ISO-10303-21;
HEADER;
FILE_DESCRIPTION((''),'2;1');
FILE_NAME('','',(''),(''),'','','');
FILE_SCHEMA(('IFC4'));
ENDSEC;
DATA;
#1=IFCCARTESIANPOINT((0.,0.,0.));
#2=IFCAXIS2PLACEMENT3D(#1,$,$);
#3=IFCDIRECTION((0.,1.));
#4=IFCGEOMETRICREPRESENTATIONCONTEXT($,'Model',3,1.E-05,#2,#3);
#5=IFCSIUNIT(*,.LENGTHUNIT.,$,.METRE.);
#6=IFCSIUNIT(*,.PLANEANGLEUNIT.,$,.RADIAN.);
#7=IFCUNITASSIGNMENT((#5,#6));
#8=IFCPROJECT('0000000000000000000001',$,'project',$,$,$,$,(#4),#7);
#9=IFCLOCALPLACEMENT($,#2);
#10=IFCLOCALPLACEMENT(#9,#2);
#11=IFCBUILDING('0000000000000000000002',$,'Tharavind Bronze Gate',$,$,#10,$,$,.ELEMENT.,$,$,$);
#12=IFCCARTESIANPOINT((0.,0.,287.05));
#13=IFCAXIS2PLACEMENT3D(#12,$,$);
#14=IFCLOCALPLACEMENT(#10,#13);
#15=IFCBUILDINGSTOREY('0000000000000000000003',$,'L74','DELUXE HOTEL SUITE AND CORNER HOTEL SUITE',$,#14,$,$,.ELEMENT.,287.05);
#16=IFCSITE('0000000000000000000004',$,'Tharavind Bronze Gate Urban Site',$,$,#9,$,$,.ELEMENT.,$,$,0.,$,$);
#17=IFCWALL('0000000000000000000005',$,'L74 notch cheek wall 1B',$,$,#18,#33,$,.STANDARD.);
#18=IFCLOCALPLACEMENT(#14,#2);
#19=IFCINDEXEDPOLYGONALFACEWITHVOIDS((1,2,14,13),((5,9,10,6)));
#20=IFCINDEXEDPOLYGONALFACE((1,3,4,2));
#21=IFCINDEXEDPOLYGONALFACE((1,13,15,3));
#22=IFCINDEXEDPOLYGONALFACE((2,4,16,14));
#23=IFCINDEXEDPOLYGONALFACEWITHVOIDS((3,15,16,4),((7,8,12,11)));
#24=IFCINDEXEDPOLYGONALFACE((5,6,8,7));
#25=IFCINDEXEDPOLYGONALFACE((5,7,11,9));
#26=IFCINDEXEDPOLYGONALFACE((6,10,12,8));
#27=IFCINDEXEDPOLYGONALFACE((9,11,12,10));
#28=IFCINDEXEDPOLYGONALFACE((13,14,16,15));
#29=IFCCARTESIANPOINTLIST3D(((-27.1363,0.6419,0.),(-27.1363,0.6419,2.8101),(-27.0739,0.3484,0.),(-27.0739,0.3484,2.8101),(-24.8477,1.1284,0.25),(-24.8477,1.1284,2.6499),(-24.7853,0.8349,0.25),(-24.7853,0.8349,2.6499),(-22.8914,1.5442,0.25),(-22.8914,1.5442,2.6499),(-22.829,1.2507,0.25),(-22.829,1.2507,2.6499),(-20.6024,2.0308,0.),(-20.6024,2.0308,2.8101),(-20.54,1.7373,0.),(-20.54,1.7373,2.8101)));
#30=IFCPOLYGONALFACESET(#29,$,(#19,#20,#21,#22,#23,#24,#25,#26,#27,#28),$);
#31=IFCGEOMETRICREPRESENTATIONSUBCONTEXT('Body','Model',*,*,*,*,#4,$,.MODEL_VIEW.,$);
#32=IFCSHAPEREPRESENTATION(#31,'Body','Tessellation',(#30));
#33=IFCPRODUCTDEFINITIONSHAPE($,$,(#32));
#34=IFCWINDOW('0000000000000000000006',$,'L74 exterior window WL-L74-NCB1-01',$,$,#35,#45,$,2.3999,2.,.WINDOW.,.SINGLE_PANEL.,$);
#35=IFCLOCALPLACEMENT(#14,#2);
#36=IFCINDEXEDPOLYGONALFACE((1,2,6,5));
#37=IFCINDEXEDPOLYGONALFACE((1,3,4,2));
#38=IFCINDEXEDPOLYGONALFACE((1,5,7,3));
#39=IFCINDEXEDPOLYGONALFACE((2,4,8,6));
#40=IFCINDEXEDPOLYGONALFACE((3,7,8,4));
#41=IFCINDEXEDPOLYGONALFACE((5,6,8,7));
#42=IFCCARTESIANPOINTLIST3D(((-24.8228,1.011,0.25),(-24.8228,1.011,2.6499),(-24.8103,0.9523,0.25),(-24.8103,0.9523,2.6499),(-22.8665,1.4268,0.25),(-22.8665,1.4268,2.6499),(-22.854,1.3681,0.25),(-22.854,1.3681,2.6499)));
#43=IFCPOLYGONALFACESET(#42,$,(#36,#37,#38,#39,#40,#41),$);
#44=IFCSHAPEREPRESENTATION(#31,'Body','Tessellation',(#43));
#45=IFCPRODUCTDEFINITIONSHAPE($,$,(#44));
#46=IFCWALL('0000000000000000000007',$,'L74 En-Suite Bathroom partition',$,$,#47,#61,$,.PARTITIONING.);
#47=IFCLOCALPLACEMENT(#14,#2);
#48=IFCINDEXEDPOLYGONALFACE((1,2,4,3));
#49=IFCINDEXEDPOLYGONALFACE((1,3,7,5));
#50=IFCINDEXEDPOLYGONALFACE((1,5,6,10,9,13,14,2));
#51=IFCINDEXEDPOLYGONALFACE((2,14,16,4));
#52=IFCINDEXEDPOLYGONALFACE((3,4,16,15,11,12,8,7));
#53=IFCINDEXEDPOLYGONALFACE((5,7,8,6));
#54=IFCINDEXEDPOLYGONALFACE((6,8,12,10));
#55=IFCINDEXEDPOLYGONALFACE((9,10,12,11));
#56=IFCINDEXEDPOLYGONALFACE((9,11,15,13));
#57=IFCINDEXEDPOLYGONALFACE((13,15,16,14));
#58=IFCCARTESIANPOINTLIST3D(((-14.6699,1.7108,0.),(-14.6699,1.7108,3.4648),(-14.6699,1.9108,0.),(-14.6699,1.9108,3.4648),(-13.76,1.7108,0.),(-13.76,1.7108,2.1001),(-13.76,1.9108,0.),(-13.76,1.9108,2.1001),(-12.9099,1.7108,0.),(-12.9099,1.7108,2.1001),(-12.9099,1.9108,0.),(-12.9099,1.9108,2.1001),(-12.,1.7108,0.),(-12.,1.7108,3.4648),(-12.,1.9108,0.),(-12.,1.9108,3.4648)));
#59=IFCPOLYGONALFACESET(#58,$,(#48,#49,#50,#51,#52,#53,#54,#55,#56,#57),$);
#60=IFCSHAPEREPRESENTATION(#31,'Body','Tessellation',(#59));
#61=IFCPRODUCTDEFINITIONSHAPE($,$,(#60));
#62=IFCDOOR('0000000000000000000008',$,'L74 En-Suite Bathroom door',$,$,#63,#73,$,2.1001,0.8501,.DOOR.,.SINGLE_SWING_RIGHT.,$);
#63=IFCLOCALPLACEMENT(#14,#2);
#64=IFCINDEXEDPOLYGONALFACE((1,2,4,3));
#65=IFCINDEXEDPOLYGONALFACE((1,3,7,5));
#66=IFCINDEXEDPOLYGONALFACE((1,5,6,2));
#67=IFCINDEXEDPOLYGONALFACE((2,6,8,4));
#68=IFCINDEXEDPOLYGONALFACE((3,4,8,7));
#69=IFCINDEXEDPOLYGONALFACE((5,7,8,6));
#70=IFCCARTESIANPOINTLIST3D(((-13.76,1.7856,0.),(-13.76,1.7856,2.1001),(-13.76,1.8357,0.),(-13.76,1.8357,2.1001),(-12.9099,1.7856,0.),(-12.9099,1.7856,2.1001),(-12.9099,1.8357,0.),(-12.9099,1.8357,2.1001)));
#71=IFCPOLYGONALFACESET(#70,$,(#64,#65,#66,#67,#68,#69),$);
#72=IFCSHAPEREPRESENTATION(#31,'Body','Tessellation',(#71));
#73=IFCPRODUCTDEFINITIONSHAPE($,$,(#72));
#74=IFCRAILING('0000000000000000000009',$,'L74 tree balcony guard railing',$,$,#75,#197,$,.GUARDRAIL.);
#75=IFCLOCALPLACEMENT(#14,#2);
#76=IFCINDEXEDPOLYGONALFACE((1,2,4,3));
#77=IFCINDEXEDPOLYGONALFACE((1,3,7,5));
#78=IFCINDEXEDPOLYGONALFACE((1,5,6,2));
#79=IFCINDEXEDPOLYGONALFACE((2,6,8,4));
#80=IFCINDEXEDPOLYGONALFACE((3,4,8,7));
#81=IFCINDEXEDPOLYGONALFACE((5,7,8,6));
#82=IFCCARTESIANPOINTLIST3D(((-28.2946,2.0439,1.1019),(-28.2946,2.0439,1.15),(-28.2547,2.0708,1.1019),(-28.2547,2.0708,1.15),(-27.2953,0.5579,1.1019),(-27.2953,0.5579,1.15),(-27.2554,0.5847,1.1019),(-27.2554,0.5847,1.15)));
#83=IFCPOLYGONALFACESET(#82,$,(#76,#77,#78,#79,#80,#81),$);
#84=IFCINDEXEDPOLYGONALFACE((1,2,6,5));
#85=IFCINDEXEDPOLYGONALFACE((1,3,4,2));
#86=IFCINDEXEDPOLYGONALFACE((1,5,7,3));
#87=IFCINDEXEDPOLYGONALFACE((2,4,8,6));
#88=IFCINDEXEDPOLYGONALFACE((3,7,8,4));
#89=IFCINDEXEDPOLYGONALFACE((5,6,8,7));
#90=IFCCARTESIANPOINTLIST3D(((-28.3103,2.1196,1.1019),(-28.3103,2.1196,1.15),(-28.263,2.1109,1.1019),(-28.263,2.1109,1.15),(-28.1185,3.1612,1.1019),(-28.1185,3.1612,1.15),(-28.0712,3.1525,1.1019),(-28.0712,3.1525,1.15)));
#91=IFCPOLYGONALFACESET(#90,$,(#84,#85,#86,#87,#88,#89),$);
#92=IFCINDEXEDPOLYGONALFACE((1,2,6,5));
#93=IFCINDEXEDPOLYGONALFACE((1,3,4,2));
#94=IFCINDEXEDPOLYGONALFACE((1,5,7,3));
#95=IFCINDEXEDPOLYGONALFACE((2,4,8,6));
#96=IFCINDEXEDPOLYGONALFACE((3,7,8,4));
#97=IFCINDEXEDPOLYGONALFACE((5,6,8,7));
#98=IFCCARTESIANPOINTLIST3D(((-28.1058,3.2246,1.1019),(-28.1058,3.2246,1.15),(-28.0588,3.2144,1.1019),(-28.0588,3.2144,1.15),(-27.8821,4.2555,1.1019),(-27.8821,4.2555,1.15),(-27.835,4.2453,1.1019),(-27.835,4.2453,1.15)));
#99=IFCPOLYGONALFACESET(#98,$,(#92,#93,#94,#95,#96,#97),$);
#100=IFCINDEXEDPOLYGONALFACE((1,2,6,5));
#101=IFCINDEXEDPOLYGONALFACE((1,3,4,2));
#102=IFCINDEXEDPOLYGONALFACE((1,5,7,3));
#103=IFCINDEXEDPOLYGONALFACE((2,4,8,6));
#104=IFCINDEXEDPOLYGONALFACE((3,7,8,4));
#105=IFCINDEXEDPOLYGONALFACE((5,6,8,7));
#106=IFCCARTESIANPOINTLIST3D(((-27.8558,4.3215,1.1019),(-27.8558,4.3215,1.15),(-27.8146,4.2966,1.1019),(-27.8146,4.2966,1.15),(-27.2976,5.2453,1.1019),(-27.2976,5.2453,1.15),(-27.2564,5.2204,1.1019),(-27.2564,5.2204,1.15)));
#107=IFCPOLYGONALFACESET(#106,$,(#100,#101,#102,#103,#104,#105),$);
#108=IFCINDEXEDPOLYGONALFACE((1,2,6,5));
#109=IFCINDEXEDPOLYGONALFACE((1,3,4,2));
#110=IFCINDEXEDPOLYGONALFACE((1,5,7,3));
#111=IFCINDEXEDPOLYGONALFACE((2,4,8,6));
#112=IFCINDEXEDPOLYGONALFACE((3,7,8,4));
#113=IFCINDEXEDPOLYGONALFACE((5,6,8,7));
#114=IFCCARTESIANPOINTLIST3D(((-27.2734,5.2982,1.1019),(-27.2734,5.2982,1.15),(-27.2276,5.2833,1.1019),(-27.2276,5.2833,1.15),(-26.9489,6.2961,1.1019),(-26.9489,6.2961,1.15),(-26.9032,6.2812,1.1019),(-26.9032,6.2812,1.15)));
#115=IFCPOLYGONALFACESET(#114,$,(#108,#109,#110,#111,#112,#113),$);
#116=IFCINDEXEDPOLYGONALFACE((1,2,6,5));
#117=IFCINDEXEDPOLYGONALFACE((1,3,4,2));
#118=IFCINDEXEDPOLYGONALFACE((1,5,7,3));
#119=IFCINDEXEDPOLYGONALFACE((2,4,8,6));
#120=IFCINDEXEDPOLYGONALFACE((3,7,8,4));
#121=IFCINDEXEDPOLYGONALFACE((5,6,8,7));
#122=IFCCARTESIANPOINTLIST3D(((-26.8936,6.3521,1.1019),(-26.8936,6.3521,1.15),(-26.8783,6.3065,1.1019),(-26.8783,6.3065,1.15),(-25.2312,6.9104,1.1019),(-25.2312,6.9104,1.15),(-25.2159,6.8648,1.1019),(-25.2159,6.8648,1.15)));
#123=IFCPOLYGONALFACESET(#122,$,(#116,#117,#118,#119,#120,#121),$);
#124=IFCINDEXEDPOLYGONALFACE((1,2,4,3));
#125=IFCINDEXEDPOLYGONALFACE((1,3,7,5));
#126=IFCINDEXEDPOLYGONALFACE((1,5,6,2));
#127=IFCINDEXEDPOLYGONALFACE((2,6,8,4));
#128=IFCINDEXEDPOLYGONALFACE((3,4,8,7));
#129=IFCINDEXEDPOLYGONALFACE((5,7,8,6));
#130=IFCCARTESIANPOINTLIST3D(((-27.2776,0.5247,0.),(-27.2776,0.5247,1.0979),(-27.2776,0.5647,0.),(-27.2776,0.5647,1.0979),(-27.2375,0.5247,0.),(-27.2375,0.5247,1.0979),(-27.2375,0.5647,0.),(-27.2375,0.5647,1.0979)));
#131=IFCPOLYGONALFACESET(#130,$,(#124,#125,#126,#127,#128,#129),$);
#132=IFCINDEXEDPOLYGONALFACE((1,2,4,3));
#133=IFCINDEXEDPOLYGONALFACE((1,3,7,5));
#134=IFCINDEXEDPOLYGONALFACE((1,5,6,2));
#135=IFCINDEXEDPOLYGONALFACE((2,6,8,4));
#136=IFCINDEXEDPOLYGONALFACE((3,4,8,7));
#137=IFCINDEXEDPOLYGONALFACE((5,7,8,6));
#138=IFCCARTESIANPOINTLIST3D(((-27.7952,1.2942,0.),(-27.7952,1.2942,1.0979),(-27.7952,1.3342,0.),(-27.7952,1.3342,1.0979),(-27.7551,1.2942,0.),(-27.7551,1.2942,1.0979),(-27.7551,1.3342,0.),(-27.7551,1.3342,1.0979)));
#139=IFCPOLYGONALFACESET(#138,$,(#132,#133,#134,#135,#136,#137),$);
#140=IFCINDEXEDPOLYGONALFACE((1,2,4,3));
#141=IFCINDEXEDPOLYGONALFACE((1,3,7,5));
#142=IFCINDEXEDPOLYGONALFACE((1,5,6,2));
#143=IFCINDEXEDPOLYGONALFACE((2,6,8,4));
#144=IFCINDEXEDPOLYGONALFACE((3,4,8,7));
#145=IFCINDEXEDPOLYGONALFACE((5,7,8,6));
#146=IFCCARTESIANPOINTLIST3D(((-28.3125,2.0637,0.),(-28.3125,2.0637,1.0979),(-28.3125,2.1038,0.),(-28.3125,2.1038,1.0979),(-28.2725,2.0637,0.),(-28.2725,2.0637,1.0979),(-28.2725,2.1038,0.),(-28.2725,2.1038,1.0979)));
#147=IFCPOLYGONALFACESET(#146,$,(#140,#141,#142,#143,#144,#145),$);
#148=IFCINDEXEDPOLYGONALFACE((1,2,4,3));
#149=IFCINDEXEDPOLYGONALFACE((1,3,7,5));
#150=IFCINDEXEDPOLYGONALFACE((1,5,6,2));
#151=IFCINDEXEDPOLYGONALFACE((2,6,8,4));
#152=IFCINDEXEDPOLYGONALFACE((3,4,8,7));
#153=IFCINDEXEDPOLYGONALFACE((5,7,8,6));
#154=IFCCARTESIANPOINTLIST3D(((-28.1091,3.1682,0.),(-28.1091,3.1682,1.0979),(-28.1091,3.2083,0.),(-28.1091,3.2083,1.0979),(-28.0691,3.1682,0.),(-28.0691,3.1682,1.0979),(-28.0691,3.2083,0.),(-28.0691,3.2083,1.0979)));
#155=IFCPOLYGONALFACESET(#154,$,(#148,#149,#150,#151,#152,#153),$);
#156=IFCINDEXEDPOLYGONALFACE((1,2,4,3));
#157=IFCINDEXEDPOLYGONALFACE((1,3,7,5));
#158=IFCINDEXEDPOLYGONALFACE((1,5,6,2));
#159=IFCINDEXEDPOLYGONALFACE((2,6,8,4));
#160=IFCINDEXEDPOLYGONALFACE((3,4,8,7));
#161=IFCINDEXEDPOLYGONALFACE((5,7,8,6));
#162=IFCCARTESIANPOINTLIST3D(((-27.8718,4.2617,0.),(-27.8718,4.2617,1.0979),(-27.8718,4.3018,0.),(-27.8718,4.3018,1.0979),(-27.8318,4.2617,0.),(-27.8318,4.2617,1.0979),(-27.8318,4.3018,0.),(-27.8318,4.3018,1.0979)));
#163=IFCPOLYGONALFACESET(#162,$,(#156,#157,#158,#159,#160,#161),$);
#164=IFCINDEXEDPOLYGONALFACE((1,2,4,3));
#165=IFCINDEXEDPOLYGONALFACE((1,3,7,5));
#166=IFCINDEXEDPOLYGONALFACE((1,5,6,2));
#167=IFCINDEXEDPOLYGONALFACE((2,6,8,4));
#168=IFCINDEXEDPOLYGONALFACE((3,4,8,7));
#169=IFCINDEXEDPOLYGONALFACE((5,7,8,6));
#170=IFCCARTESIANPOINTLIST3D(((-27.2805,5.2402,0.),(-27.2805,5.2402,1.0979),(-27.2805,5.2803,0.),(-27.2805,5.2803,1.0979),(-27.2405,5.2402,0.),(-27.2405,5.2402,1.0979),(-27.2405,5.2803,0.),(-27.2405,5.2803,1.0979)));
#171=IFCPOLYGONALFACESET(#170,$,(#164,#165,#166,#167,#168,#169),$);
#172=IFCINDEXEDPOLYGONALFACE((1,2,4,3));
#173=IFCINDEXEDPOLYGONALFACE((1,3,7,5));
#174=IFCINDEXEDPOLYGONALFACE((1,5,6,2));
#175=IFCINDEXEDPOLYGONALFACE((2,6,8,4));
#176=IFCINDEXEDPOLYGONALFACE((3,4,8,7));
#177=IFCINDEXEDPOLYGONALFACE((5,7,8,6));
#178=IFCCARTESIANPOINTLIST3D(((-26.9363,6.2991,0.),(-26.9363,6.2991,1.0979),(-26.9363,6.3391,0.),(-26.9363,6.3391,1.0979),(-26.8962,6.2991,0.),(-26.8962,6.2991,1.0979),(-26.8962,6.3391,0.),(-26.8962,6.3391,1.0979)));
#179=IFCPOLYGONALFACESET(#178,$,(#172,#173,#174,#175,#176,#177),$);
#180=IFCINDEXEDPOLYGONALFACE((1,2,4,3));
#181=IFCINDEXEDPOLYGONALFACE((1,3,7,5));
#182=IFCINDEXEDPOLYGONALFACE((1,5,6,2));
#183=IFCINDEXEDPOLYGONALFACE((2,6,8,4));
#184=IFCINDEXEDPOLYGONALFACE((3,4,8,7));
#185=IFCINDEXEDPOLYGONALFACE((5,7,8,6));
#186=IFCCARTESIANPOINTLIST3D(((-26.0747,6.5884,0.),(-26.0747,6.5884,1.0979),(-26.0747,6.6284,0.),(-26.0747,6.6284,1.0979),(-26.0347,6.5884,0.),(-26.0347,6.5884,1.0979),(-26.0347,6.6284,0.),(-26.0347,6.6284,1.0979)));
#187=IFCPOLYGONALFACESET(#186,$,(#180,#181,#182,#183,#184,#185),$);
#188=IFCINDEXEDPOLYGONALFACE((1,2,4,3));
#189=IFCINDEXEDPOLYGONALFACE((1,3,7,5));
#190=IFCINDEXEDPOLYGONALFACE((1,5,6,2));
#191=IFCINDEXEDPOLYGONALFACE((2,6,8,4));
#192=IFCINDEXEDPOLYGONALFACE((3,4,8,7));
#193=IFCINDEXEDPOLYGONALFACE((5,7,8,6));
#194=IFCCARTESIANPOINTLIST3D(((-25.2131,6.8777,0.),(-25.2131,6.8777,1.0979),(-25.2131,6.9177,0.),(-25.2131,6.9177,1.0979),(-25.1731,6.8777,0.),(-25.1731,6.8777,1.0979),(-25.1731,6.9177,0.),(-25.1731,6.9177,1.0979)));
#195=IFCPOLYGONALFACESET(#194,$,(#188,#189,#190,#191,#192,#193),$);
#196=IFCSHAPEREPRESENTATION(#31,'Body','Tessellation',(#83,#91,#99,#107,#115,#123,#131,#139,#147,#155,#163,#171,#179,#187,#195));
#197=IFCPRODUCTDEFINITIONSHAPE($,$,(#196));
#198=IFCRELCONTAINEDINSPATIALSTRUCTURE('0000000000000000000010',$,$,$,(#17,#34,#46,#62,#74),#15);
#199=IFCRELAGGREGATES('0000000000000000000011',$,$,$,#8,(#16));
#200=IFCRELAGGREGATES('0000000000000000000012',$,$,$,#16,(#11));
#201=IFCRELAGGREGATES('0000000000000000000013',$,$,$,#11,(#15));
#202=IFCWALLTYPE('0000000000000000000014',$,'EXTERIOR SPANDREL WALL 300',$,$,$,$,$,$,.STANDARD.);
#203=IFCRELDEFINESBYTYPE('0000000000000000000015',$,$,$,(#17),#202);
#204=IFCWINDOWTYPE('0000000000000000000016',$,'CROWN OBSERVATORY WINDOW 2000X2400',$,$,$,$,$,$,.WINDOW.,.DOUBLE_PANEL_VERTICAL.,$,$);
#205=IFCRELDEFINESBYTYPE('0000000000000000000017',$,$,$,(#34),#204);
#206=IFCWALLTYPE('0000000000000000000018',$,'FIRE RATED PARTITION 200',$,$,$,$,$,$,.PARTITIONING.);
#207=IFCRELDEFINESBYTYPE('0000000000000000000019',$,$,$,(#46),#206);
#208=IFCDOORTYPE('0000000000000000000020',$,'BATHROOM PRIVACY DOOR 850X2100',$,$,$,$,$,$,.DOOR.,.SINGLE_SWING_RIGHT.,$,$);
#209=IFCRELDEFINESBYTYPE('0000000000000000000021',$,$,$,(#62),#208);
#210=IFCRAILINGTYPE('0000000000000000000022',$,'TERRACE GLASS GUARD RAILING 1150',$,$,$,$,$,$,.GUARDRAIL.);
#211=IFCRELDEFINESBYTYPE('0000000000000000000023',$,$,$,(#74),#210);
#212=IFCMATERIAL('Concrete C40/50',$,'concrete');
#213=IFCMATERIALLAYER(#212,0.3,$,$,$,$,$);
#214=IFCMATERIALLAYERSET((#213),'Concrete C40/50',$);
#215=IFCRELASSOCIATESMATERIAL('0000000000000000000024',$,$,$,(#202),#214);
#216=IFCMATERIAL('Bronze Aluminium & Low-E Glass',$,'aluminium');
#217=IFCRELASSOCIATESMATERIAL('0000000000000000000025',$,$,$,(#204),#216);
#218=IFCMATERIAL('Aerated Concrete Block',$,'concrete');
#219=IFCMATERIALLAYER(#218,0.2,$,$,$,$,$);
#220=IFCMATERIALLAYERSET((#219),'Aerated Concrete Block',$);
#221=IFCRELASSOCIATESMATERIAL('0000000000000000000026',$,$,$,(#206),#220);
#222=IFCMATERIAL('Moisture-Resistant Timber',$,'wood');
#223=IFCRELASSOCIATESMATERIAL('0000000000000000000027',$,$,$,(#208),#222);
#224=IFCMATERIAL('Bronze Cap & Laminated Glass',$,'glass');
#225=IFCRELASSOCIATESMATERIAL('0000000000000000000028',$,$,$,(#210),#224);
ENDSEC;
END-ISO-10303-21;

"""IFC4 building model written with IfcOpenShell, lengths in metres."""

from ifc_helpers import new_model, si_unit, direction, frame, frame_2d, origin, origin_2d, place, context, subcontext, project, spatial, rectangle, extrude, material, layer, layer_set, type_object, element, fill, save


model = new_model("IFC4")

# Units and contexts
model_context = context("Model", 3, precision=1e-05, world=origin(), true_north=direction((0.0, 1.0)))
body_context = subcontext(model_context, "Body", "Model", "MODEL_VIEW")
ifc_project = project(units=[si_unit("LENGTHUNIT", "METRE"), si_unit("PLANEANGLEUNIT", "RADIAN")], contexts=[model_context])

# Site, building, storey
site_placement = place(None, origin())
site = spatial("IfcSite", under=ifc_project, at=site_placement, Name="Tharavind Bronze Gate Urban Site", CompositionType="ELEMENT", RefElevation=0.0)
building_placement = place(site_placement, origin())
building = spatial("IfcBuilding", under=site, at=building_placement, Name="Tharavind Bronze Gate", CompositionType="ELEMENT")
storey_placement = place(building_placement, frame((0.0, 0.0, 287.05)))
storey = spatial("IfcBuildingStorey", under=building, at=storey_placement, Name="L74", Description="DELUXE HOTEL SUITE AND CORNER HOTEL SUITE", CompositionType="ELEMENT", Elevation=287.05)

# Shared definitions
ifc_material_1 = material(Name="Concrete C40/50", Category="concrete")
ifc_layer_1 = layer(ifc_material_1, 0.3)
ifc_layer_set_1 = layer_set([ifc_layer_1], Name="Concrete C40/50")
wall_type_1 = type_object("IfcWallType", Name="EXTERIOR SPANDREL WALL 300", PredefinedType="STANDARD", material=ifc_layer_set_1)

# Wall, opening, window
wall_1_placement = place(storey_placement, frame((-20.5713, 1.884, 0.0), z_axis=(0.0, 0.0, 1.0), x_axis=(-0.978145, -0.207924, 0.0)))
wall_1 = element("IfcWall", 1, at=wall_1_placement, inside=storey, type_object=wall_type_1, Name="L74 notch cheek wall 1B", PredefinedType="STANDARD", context=body_context, shape_type="SweptSolid", body=[
    extrude(rectangle(XDim=6.6799, YDim=0.3, at=frame_2d((3.3398, 0.0))), origin(), (0.0, 0.0, 1.0), 2.8101),
])
opening_1_placement = place(wall_1_placement, frame((2.3401, 0.0, 0.25)))
opening_1 = element("IfcOpeningElement", 2, at=opening_1_placement, cuts=wall_1, PredefinedType="OPENING", context=body_context, shape_type="SweptSolid", body=[
    extrude(rectangle(XDim=2.0, YDim=2.3999, at=frame_2d((1.0, 1.2))), frame((0.0, 0.1599, 0.0), z_axis=(0.0, -1.0, 0.0), x_axis=(1.0, 0.0, 0.0)), (0.0, 0.0, 1.0), 0.32),
])
ifc_material_2 = material(Name="Bronze Aluminium & Low-E Glass", Category="aluminium")
window_type = type_object("IfcWindowType", Name="CROWN OBSERVATORY WINDOW 2000X2400", PartitioningType="DOUBLE_PANEL_VERTICAL", PredefinedType="WINDOW", material=ifc_material_2)
window_placement = place(opening_1_placement, origin())
window = element("IfcWindow", 3, at=window_placement, inside=storey, type_object=window_type, Name="L74 exterior window WL-L74-NCB1-01", OverallHeight=2.3999, OverallWidth=2.0, PartitioningType="SINGLE_PANEL", PredefinedType="WINDOW", context=body_context, shape_type="SweptSolid", body=[
    extrude(rectangle(XDim=2.0, YDim=2.3999, at=frame_2d((1.0, 1.2))), frame((0.0, 0.03, 0.0), z_axis=(0.0, -1.0, 0.0), x_axis=(1.0, 0.0, 0.0)), (0.0, 0.0, 1.0), 0.0601),
])
fill(opening_1, window)

# Wall, opening, door
ifc_material_3 = material(Name="Aerated Concrete Block", Category="concrete")
ifc_layer_2 = layer(ifc_material_3, 0.2)
ifc_layer_set_2 = layer_set([ifc_layer_2], Name="Aerated Concrete Block")
wall_type_2 = type_object("IfcWallType", Name="FIRE RATED PARTITION 200", PredefinedType="PARTITIONING", material=ifc_layer_set_2)
wall_2_placement = place(storey_placement, frame((-14.6699, 1.8108, 0.0), z_axis=(0.0, 0.0, 1.0), x_axis=(1.0, 0.0, 0.0)))
wall_2 = element("IfcWall", 4, at=wall_2_placement, inside=storey, type_object=wall_type_2, Name="L74 En-Suite Bathroom partition", PredefinedType="PARTITIONING", context=body_context, shape_type="SweptSolid", body=[
    extrude(rectangle(XDim=2.6699, YDim=0.2, at=frame_2d((1.335, 0.0))), origin(), (0.0, 0.0, 1.0), 3.4648),
])
opening_2_placement = place(wall_2_placement, frame((0.9099, 0.0, 0.0)))
opening_2 = element("IfcOpeningElement", 5, at=opening_2_placement, cuts=wall_2, PredefinedType="OPENING", context=body_context, shape_type="SweptSolid", body=[
    extrude(rectangle(XDim=0.8501, YDim=2.1001, at=frame_2d((0.425, 1.05))), frame((0.0, 0.1101, 0.0), z_axis=(0.0, -1.0, 0.0), x_axis=(1.0, 0.0, 0.0)), (0.0, 0.0, 1.0), 0.22),
])
ifc_material_4 = material(Name="Moisture-Resistant Timber", Category="wood")
door_type_1 = type_object("IfcDoorType", Name="BATHROOM PRIVACY DOOR 850X2100", OperationType="SINGLE_SWING_RIGHT", PredefinedType="DOOR", material=ifc_material_4)
door_1_placement = place(opening_2_placement, origin())
door_1 = element("IfcDoor", 6, at=door_1_placement, inside=storey, type_object=door_type_1, Name="L74 En-Suite Bathroom door", OperationType="SINGLE_SWING_RIGHT", OverallHeight=2.1001, OverallWidth=0.8501, PredefinedType="DOOR", context=body_context, shape_type="SweptSolid", body=[
    extrude(rectangle(XDim=0.8501, YDim=2.1001, at=frame_2d((0.425, 1.05))), frame((0.0, 0.0249, 0.0), z_axis=(0.0, -1.0, 0.0), x_axis=(1.0, 0.0, 0.0)), (0.0, 0.0, 1.0), 0.05),
])
fill(opening_2, door_1)

# Railing
ifc_material_5 = material(Name="Bronze Cap & Laminated Glass", Category="glass")
railing_type = type_object("IfcRailingType", Name="TERRACE GLASS GUARD RAILING 1150", PredefinedType="GUARDRAIL", material=ifc_material_5)
railing_placement = place(storey_placement, frame((-27.2576, 0.5447, 0.0)))
element("IfcRailing", 7, at=railing_placement, inside=storey, type_object=railing_type, Name="L74 tree balcony guard railing", PredefinedType="GUARDRAIL", context=body_context, shape_type="SweptSolid", body=[
    extrude(rectangle(XDim=0.0481, YDim=0.0481, at=origin_2d()), frame((-0.0178, 0.0266, 1.126), z_axis=(-0.558007, 0.829836, 0.0), x_axis=(-0.829836, -0.558007, 0.0)), (0.0, 0.0, 1.0), 1.7908),
    extrude(rectangle(XDim=0.0481, YDim=0.0481, at=origin_2d()), frame((-1.0291, 1.5706, 1.126), z_axis=(0.181085, 0.983467, 0.0), x_axis=(-0.983467, 0.181085, 0.0)), (0.0, 0.0, 1.0), 1.0591),
    extrude(rectangle(XDim=0.0481, YDim=0.0481, at=origin_2d()), frame((-0.8247, 2.6748, 1.126), z_axis=(0.212076, 0.977253, 0.0), x_axis=(-0.977253, 0.212076, 0.0)), (0.0, 0.0, 1.0), 1.0549),
    extrude(rectangle(XDim=0.0481, YDim=0.0481, at=origin_2d()), frame((-0.5776, 3.7644, 1.126), z_axis=(0.517194, 0.855868, 0.0), x_axis=(-0.855868, 0.517194, 0.0)), (0.0, 0.0, 1.0), 1.0793),
    extrude(rectangle(XDim=0.0481, YDim=0.0481, at=origin_2d()), frame((0.0071, 4.7461, 1.126), z_axis=(0.30918, 0.951003, 0.0), x_axis=(-0.951003, 0.30918, 0.0)), (0.0, 0.0, 1.0), 1.0493),
    extrude(rectangle(XDim=0.0481, YDim=0.0481, at=origin_2d()), frame((0.3716, 5.7847, 1.126), z_axis=(0.947983, 0.318322, 0.0), x_axis=(-0.318322, 0.947983, 0.0)), (0.0, 0.0, 1.0), 1.7537),
    extrude(rectangle(XDim=0.04, YDim=0.04, at=origin_2d()), origin(), (0.0, 0.0, 1.0), 1.0979),
    extrude(rectangle(XDim=0.04, YDim=0.04, at=origin_2d()), frame((-0.5176, 0.7695, 0.0)), (0.0, 0.0, 1.0), 1.0979),
    extrude(rectangle(XDim=0.04, YDim=0.04, at=origin_2d()), frame((-1.0349, 1.5391, 0.0)), (0.0, 0.0, 1.0), 1.0979),
    extrude(rectangle(XDim=0.04, YDim=0.04, at=origin_2d()), frame((-0.8315, 2.6436, 0.0)), (0.0, 0.0, 1.0), 1.0979),
    extrude(rectangle(XDim=0.04, YDim=0.04, at=origin_2d()), frame((-0.5942, 3.7371, 0.0)), (0.0, 0.0, 1.0), 1.0979),
    extrude(rectangle(XDim=0.04, YDim=0.04, at=origin_2d()), frame((-0.0029, 4.7156, 0.0)), (0.0, 0.0, 1.0), 1.0979),
    extrude(rectangle(XDim=0.04, YDim=0.04, at=origin_2d()), frame((0.3413, 5.7744, 0.0)), (0.0, 0.0, 1.0), 1.0979),
    extrude(rectangle(XDim=0.04, YDim=0.04, at=origin_2d()), frame((1.2029, 6.0637, 0.0)), (0.0, 0.0, 1.0), 1.0979),
    extrude(rectangle(XDim=0.04, YDim=0.04, at=origin_2d()), frame((2.0645, 6.353, 0.0)), (0.0, 0.0, 1.0), 1.0979),
])

save(model, "model.ifc")
